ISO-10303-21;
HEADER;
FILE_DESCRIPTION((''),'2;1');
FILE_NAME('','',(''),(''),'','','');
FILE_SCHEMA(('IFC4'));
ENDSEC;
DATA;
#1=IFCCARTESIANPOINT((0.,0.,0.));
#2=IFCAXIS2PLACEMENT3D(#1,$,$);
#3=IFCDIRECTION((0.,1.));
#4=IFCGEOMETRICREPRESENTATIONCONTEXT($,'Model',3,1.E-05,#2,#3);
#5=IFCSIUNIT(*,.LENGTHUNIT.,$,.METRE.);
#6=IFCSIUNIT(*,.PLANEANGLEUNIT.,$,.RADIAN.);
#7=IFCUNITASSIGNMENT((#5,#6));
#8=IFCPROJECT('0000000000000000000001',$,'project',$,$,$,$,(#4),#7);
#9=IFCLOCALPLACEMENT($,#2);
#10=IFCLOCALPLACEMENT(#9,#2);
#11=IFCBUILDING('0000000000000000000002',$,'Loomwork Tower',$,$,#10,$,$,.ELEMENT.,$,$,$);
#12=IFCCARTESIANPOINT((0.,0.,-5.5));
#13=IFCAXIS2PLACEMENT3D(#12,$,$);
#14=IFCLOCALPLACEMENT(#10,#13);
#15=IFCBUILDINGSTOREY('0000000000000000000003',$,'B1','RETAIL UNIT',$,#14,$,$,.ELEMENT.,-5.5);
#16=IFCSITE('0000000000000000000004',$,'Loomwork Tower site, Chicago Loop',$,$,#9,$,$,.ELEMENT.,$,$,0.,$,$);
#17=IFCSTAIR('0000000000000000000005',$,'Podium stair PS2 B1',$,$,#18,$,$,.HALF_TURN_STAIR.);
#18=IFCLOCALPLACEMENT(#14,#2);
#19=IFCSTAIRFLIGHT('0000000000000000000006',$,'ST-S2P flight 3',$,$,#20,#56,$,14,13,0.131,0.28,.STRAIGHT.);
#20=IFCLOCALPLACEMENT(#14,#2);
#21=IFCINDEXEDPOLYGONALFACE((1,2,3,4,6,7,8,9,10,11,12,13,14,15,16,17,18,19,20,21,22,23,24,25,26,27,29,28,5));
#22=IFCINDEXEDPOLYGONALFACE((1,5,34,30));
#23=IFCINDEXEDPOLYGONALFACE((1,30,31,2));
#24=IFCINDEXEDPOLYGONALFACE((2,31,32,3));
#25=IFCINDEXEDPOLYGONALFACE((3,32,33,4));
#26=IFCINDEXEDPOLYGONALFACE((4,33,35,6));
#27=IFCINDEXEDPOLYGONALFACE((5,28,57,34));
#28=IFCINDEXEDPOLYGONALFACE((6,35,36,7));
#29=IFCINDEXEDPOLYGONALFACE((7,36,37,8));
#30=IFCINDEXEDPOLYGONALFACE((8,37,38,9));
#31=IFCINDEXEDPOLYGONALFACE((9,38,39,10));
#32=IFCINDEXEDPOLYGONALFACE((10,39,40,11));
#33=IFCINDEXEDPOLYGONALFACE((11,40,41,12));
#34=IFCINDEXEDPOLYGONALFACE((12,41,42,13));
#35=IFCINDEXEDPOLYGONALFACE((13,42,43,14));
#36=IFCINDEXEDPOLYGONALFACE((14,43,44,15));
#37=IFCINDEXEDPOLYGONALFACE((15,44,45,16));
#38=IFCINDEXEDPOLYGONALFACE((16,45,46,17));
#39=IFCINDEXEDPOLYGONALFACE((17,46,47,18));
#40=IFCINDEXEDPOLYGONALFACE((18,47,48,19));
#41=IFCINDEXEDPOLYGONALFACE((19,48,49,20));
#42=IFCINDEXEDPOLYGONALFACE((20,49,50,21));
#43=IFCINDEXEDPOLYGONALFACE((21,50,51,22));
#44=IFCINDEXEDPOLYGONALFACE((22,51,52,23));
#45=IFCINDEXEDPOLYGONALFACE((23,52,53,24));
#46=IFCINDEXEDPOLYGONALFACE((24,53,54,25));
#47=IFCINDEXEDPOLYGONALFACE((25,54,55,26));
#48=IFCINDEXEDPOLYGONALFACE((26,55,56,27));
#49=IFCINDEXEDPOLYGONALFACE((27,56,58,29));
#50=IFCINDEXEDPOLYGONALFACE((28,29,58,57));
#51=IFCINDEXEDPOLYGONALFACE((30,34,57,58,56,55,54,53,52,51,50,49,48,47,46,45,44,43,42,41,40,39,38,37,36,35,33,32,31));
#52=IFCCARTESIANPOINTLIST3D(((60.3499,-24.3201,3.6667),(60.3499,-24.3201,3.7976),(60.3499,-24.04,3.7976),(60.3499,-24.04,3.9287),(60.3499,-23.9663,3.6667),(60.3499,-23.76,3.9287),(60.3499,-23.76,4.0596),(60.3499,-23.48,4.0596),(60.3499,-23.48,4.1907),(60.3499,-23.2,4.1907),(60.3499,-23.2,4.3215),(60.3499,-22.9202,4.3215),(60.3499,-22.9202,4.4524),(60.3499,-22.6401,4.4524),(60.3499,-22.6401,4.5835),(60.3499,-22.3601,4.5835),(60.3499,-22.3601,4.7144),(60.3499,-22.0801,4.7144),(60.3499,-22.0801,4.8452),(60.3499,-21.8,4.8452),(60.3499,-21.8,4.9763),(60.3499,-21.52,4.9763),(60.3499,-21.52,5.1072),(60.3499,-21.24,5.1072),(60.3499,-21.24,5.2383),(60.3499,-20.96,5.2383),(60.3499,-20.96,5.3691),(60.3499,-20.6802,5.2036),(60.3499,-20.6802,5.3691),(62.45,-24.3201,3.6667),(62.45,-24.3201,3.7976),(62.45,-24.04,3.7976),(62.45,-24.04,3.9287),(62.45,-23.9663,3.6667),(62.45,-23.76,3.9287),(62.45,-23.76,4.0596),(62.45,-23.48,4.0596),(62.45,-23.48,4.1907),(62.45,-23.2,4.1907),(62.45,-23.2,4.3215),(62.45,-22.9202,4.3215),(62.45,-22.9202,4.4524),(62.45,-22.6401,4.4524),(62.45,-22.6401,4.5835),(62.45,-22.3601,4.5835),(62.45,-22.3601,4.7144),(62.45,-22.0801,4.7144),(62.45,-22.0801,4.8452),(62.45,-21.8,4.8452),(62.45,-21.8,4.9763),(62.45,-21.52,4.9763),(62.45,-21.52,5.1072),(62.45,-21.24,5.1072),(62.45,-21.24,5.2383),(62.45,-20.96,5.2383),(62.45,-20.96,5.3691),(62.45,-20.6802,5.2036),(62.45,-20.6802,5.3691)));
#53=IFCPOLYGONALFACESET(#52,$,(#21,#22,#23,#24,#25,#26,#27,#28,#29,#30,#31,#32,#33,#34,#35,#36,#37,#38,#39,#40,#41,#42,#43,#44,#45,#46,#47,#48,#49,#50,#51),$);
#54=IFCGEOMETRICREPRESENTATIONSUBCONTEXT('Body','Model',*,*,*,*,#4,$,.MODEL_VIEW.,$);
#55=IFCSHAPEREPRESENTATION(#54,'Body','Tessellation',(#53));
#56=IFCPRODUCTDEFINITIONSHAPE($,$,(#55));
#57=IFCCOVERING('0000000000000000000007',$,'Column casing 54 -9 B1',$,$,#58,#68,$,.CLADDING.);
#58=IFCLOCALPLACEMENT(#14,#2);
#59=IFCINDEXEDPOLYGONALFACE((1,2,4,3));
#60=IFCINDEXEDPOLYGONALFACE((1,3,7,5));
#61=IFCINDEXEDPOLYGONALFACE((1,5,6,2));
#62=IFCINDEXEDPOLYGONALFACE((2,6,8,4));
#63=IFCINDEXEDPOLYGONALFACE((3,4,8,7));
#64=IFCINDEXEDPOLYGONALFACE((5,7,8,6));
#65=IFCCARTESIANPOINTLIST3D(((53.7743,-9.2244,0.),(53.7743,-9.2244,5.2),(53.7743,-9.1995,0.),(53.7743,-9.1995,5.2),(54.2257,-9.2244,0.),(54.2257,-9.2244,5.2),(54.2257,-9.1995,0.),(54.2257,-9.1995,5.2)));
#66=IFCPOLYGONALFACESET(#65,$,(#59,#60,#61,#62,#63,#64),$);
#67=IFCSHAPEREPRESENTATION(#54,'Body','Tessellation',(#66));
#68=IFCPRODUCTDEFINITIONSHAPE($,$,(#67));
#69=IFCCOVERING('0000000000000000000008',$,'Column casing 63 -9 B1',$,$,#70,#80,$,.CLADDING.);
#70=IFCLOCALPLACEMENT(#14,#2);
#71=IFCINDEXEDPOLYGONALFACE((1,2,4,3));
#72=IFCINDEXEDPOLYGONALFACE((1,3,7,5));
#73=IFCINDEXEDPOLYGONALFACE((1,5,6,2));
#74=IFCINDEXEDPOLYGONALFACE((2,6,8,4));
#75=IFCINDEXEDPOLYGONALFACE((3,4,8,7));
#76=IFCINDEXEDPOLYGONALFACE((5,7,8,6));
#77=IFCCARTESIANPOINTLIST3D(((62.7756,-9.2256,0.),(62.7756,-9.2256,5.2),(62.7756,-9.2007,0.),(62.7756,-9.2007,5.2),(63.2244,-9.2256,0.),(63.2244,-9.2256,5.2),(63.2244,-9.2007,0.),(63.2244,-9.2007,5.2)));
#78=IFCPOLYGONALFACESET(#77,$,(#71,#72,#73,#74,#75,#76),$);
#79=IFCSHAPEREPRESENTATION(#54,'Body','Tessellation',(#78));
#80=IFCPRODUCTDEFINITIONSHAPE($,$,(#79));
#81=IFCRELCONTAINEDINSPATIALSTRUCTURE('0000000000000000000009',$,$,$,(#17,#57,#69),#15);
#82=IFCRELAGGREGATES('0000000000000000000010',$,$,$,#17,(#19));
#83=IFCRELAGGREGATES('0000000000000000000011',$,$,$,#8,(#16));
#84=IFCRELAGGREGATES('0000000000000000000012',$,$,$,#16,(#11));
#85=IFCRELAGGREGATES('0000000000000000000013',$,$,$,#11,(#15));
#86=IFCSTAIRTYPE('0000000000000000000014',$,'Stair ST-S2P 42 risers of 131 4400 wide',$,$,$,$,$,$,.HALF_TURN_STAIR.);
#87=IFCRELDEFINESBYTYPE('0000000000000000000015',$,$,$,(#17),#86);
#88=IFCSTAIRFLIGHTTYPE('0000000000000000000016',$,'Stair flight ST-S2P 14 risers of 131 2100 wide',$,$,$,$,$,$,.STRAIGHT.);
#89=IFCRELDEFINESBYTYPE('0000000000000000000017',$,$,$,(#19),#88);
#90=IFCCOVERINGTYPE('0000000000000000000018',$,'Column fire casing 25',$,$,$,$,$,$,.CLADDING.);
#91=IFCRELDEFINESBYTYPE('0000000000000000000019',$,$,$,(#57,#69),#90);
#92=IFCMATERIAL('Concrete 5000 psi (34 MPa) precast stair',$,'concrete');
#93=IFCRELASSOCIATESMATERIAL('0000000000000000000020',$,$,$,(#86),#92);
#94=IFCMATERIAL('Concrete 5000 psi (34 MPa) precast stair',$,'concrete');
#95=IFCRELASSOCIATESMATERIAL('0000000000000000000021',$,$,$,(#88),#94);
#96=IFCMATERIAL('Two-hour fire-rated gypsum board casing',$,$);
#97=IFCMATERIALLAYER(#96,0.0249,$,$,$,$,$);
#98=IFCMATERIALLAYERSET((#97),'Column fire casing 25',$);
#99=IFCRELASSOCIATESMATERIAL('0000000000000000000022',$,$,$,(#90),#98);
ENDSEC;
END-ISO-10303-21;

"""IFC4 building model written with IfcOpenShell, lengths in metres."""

from ifc_helpers import new_model, si_unit, direction, frame, origin, origin_2d, place, context, subcontext, project, spatial, polyline, rectangle, outline, extrude, material, layer, layer_set, type_object, element, aggregate, save


model = new_model("IFC4")

# Units and contexts
model_context = context("Model", 3, precision=1e-05, world=origin(), true_north=direction((0.0, 1.0)))
body_context = subcontext(model_context, "Body", "Model", "MODEL_VIEW")
ifc_project = project(units=[si_unit("LENGTHUNIT", "METRE"), si_unit("PLANEANGLEUNIT", "RADIAN")], contexts=[model_context])

# Site, building, storey
site_placement = place(None, origin())
site = spatial("IfcSite", under=ifc_project, at=site_placement, Name="Loomwork Tower site, Chicago Loop", CompositionType="ELEMENT", RefElevation=0.0)
building_placement = place(site_placement, origin())
building = spatial("IfcBuilding", under=site, at=building_placement, Name="Loomwork Tower", CompositionType="ELEMENT")
storey_placement = place(building_placement, frame((0.0, 0.0, -5.5)))
storey = spatial("IfcBuildingStorey", under=building, at=storey_placement, Name="B1", Description="RETAIL UNIT", CompositionType="ELEMENT", Elevation=-5.5)

# Stair, stair flight
ifc_material_1 = material(Name="Concrete 5000 psi (34 MPa) precast stair", Category="concrete")
stair_type = type_object("IfcStairType", Name="Stair ST-S2P 42 risers of 131 4400 wide", PredefinedType="HALF_TURN_STAIR", material=ifc_material_1)
stair_placement = place(storey_placement, origin())
stair = element("IfcStair", 1, at=stair_placement, inside=storey, type_object=stair_type, Name="Podium stair PS2 B1", PredefinedType="HALF_TURN_STAIR")
ifc_material_2 = material(Name="Concrete 5000 psi (34 MPa) precast stair", Category="concrete")
stair_flight_type = type_object("IfcStairFlightType", Name="Stair flight ST-S2P 14 risers of 131 2100 wide", PredefinedType="STRAIGHT", material=ifc_material_2)
stair_flight_1_placement = place(storey_placement, frame((61.3999, -24.3201, 3.6667), z_axis=(0.0, 0.0, 1.0), x_axis=(0.0, 1.0, 0.0)))
stair_flight_1 = element("IfcStairFlight", 2, at=stair_flight_1_placement, type_object=stair_flight_type, Name="ST-S2P flight 3", NumberOfRisers=14, NumberOfTreads=13, PredefinedType="STRAIGHT", RiserHeight=0.131, TreadLength=0.28, context=body_context, shape_type="SweptSolid", body=[
    extrude(outline(polyline([(0.0, 0.0), (0.0, 0.1309), (0.28, 0.1309), (0.28, 0.262), (0.5601, 0.262), (0.5601, 0.3928), (0.8401, 0.3928), (0.8401, 0.5239), (1.1201, 0.5239), (1.1201, 0.6548), (1.3999, 0.6548), (1.3999, 0.7856), (1.6799, 0.7856), (1.6799, 0.9167), (1.96, 0.9167), (1.96, 1.0476), (2.24, 1.0476), (2.24, 1.1785), (2.52, 1.1785), (2.52, 1.3096), (2.8, 1.3096), (2.8, 1.4404), (3.0801, 1.4404), (3.0801, 1.5715), (3.3601, 1.5715), (3.3601, 1.7024), (3.6399, 1.7024), (3.6399, 1.8333), (3.6399, 1.5369), (0.3538, 0.0), (0.0, 0.0)])), frame((0.0, 1.05, 0.0), z_axis=(0.0, -1.0, 0.0), x_axis=(1.0, 0.0, 0.0)), (0.0, 0.0, 1.0), 2.1001),
])
aggregate(stair, [stair_flight_1])

# Coverings
ifc_material_3 = material(Name="Two-hour fire-rated gypsum board casing")
ifc_layer_1 = layer(ifc_material_3, 0.0249)
ifc_layer_set_1 = layer_set([ifc_layer_1], Name="Column fire casing 25")
covering_type = type_object("IfcCoveringType", Name="Column fire casing 25", PredefinedType="CLADDING", material=ifc_layer_set_1)
covering_1_placement = place(storey_placement, frame((54.0, -9.2119, 0.0), z_axis=(0.0, 0.0, 1.0), x_axis=(1.0, 0.0, 0.0)))
element("IfcCovering", 3, at=covering_1_placement, inside=storey, type_object=covering_type, Name="Column casing 54 -9 B1", PredefinedType="CLADDING", context=body_context, shape_type="SweptSolid", body=[
    extrude(rectangle(XDim=0.4514, YDim=0.0249, at=origin_2d()), origin(), (0.0, 0.0, 1.0), 5.2),
])
covering_2_placement = place(storey_placement, frame((63.0, -9.2131, 0.0), z_axis=(0.0, 0.0, 1.0), x_axis=(1.0, 0.0, 0.0)))
element("IfcCovering", 4, at=covering_2_placement, inside=storey, type_object=covering_type, Name="Column casing 63 -9 B1", PredefinedType="CLADDING", context=body_context, shape_type="SweptSolid", body=[
    extrude(rectangle(XDim=0.4487, YDim=0.0249, at=origin_2d()), origin(), (0.0, 0.0, 1.0), 5.2),
])

save(model, "model.ifc")
